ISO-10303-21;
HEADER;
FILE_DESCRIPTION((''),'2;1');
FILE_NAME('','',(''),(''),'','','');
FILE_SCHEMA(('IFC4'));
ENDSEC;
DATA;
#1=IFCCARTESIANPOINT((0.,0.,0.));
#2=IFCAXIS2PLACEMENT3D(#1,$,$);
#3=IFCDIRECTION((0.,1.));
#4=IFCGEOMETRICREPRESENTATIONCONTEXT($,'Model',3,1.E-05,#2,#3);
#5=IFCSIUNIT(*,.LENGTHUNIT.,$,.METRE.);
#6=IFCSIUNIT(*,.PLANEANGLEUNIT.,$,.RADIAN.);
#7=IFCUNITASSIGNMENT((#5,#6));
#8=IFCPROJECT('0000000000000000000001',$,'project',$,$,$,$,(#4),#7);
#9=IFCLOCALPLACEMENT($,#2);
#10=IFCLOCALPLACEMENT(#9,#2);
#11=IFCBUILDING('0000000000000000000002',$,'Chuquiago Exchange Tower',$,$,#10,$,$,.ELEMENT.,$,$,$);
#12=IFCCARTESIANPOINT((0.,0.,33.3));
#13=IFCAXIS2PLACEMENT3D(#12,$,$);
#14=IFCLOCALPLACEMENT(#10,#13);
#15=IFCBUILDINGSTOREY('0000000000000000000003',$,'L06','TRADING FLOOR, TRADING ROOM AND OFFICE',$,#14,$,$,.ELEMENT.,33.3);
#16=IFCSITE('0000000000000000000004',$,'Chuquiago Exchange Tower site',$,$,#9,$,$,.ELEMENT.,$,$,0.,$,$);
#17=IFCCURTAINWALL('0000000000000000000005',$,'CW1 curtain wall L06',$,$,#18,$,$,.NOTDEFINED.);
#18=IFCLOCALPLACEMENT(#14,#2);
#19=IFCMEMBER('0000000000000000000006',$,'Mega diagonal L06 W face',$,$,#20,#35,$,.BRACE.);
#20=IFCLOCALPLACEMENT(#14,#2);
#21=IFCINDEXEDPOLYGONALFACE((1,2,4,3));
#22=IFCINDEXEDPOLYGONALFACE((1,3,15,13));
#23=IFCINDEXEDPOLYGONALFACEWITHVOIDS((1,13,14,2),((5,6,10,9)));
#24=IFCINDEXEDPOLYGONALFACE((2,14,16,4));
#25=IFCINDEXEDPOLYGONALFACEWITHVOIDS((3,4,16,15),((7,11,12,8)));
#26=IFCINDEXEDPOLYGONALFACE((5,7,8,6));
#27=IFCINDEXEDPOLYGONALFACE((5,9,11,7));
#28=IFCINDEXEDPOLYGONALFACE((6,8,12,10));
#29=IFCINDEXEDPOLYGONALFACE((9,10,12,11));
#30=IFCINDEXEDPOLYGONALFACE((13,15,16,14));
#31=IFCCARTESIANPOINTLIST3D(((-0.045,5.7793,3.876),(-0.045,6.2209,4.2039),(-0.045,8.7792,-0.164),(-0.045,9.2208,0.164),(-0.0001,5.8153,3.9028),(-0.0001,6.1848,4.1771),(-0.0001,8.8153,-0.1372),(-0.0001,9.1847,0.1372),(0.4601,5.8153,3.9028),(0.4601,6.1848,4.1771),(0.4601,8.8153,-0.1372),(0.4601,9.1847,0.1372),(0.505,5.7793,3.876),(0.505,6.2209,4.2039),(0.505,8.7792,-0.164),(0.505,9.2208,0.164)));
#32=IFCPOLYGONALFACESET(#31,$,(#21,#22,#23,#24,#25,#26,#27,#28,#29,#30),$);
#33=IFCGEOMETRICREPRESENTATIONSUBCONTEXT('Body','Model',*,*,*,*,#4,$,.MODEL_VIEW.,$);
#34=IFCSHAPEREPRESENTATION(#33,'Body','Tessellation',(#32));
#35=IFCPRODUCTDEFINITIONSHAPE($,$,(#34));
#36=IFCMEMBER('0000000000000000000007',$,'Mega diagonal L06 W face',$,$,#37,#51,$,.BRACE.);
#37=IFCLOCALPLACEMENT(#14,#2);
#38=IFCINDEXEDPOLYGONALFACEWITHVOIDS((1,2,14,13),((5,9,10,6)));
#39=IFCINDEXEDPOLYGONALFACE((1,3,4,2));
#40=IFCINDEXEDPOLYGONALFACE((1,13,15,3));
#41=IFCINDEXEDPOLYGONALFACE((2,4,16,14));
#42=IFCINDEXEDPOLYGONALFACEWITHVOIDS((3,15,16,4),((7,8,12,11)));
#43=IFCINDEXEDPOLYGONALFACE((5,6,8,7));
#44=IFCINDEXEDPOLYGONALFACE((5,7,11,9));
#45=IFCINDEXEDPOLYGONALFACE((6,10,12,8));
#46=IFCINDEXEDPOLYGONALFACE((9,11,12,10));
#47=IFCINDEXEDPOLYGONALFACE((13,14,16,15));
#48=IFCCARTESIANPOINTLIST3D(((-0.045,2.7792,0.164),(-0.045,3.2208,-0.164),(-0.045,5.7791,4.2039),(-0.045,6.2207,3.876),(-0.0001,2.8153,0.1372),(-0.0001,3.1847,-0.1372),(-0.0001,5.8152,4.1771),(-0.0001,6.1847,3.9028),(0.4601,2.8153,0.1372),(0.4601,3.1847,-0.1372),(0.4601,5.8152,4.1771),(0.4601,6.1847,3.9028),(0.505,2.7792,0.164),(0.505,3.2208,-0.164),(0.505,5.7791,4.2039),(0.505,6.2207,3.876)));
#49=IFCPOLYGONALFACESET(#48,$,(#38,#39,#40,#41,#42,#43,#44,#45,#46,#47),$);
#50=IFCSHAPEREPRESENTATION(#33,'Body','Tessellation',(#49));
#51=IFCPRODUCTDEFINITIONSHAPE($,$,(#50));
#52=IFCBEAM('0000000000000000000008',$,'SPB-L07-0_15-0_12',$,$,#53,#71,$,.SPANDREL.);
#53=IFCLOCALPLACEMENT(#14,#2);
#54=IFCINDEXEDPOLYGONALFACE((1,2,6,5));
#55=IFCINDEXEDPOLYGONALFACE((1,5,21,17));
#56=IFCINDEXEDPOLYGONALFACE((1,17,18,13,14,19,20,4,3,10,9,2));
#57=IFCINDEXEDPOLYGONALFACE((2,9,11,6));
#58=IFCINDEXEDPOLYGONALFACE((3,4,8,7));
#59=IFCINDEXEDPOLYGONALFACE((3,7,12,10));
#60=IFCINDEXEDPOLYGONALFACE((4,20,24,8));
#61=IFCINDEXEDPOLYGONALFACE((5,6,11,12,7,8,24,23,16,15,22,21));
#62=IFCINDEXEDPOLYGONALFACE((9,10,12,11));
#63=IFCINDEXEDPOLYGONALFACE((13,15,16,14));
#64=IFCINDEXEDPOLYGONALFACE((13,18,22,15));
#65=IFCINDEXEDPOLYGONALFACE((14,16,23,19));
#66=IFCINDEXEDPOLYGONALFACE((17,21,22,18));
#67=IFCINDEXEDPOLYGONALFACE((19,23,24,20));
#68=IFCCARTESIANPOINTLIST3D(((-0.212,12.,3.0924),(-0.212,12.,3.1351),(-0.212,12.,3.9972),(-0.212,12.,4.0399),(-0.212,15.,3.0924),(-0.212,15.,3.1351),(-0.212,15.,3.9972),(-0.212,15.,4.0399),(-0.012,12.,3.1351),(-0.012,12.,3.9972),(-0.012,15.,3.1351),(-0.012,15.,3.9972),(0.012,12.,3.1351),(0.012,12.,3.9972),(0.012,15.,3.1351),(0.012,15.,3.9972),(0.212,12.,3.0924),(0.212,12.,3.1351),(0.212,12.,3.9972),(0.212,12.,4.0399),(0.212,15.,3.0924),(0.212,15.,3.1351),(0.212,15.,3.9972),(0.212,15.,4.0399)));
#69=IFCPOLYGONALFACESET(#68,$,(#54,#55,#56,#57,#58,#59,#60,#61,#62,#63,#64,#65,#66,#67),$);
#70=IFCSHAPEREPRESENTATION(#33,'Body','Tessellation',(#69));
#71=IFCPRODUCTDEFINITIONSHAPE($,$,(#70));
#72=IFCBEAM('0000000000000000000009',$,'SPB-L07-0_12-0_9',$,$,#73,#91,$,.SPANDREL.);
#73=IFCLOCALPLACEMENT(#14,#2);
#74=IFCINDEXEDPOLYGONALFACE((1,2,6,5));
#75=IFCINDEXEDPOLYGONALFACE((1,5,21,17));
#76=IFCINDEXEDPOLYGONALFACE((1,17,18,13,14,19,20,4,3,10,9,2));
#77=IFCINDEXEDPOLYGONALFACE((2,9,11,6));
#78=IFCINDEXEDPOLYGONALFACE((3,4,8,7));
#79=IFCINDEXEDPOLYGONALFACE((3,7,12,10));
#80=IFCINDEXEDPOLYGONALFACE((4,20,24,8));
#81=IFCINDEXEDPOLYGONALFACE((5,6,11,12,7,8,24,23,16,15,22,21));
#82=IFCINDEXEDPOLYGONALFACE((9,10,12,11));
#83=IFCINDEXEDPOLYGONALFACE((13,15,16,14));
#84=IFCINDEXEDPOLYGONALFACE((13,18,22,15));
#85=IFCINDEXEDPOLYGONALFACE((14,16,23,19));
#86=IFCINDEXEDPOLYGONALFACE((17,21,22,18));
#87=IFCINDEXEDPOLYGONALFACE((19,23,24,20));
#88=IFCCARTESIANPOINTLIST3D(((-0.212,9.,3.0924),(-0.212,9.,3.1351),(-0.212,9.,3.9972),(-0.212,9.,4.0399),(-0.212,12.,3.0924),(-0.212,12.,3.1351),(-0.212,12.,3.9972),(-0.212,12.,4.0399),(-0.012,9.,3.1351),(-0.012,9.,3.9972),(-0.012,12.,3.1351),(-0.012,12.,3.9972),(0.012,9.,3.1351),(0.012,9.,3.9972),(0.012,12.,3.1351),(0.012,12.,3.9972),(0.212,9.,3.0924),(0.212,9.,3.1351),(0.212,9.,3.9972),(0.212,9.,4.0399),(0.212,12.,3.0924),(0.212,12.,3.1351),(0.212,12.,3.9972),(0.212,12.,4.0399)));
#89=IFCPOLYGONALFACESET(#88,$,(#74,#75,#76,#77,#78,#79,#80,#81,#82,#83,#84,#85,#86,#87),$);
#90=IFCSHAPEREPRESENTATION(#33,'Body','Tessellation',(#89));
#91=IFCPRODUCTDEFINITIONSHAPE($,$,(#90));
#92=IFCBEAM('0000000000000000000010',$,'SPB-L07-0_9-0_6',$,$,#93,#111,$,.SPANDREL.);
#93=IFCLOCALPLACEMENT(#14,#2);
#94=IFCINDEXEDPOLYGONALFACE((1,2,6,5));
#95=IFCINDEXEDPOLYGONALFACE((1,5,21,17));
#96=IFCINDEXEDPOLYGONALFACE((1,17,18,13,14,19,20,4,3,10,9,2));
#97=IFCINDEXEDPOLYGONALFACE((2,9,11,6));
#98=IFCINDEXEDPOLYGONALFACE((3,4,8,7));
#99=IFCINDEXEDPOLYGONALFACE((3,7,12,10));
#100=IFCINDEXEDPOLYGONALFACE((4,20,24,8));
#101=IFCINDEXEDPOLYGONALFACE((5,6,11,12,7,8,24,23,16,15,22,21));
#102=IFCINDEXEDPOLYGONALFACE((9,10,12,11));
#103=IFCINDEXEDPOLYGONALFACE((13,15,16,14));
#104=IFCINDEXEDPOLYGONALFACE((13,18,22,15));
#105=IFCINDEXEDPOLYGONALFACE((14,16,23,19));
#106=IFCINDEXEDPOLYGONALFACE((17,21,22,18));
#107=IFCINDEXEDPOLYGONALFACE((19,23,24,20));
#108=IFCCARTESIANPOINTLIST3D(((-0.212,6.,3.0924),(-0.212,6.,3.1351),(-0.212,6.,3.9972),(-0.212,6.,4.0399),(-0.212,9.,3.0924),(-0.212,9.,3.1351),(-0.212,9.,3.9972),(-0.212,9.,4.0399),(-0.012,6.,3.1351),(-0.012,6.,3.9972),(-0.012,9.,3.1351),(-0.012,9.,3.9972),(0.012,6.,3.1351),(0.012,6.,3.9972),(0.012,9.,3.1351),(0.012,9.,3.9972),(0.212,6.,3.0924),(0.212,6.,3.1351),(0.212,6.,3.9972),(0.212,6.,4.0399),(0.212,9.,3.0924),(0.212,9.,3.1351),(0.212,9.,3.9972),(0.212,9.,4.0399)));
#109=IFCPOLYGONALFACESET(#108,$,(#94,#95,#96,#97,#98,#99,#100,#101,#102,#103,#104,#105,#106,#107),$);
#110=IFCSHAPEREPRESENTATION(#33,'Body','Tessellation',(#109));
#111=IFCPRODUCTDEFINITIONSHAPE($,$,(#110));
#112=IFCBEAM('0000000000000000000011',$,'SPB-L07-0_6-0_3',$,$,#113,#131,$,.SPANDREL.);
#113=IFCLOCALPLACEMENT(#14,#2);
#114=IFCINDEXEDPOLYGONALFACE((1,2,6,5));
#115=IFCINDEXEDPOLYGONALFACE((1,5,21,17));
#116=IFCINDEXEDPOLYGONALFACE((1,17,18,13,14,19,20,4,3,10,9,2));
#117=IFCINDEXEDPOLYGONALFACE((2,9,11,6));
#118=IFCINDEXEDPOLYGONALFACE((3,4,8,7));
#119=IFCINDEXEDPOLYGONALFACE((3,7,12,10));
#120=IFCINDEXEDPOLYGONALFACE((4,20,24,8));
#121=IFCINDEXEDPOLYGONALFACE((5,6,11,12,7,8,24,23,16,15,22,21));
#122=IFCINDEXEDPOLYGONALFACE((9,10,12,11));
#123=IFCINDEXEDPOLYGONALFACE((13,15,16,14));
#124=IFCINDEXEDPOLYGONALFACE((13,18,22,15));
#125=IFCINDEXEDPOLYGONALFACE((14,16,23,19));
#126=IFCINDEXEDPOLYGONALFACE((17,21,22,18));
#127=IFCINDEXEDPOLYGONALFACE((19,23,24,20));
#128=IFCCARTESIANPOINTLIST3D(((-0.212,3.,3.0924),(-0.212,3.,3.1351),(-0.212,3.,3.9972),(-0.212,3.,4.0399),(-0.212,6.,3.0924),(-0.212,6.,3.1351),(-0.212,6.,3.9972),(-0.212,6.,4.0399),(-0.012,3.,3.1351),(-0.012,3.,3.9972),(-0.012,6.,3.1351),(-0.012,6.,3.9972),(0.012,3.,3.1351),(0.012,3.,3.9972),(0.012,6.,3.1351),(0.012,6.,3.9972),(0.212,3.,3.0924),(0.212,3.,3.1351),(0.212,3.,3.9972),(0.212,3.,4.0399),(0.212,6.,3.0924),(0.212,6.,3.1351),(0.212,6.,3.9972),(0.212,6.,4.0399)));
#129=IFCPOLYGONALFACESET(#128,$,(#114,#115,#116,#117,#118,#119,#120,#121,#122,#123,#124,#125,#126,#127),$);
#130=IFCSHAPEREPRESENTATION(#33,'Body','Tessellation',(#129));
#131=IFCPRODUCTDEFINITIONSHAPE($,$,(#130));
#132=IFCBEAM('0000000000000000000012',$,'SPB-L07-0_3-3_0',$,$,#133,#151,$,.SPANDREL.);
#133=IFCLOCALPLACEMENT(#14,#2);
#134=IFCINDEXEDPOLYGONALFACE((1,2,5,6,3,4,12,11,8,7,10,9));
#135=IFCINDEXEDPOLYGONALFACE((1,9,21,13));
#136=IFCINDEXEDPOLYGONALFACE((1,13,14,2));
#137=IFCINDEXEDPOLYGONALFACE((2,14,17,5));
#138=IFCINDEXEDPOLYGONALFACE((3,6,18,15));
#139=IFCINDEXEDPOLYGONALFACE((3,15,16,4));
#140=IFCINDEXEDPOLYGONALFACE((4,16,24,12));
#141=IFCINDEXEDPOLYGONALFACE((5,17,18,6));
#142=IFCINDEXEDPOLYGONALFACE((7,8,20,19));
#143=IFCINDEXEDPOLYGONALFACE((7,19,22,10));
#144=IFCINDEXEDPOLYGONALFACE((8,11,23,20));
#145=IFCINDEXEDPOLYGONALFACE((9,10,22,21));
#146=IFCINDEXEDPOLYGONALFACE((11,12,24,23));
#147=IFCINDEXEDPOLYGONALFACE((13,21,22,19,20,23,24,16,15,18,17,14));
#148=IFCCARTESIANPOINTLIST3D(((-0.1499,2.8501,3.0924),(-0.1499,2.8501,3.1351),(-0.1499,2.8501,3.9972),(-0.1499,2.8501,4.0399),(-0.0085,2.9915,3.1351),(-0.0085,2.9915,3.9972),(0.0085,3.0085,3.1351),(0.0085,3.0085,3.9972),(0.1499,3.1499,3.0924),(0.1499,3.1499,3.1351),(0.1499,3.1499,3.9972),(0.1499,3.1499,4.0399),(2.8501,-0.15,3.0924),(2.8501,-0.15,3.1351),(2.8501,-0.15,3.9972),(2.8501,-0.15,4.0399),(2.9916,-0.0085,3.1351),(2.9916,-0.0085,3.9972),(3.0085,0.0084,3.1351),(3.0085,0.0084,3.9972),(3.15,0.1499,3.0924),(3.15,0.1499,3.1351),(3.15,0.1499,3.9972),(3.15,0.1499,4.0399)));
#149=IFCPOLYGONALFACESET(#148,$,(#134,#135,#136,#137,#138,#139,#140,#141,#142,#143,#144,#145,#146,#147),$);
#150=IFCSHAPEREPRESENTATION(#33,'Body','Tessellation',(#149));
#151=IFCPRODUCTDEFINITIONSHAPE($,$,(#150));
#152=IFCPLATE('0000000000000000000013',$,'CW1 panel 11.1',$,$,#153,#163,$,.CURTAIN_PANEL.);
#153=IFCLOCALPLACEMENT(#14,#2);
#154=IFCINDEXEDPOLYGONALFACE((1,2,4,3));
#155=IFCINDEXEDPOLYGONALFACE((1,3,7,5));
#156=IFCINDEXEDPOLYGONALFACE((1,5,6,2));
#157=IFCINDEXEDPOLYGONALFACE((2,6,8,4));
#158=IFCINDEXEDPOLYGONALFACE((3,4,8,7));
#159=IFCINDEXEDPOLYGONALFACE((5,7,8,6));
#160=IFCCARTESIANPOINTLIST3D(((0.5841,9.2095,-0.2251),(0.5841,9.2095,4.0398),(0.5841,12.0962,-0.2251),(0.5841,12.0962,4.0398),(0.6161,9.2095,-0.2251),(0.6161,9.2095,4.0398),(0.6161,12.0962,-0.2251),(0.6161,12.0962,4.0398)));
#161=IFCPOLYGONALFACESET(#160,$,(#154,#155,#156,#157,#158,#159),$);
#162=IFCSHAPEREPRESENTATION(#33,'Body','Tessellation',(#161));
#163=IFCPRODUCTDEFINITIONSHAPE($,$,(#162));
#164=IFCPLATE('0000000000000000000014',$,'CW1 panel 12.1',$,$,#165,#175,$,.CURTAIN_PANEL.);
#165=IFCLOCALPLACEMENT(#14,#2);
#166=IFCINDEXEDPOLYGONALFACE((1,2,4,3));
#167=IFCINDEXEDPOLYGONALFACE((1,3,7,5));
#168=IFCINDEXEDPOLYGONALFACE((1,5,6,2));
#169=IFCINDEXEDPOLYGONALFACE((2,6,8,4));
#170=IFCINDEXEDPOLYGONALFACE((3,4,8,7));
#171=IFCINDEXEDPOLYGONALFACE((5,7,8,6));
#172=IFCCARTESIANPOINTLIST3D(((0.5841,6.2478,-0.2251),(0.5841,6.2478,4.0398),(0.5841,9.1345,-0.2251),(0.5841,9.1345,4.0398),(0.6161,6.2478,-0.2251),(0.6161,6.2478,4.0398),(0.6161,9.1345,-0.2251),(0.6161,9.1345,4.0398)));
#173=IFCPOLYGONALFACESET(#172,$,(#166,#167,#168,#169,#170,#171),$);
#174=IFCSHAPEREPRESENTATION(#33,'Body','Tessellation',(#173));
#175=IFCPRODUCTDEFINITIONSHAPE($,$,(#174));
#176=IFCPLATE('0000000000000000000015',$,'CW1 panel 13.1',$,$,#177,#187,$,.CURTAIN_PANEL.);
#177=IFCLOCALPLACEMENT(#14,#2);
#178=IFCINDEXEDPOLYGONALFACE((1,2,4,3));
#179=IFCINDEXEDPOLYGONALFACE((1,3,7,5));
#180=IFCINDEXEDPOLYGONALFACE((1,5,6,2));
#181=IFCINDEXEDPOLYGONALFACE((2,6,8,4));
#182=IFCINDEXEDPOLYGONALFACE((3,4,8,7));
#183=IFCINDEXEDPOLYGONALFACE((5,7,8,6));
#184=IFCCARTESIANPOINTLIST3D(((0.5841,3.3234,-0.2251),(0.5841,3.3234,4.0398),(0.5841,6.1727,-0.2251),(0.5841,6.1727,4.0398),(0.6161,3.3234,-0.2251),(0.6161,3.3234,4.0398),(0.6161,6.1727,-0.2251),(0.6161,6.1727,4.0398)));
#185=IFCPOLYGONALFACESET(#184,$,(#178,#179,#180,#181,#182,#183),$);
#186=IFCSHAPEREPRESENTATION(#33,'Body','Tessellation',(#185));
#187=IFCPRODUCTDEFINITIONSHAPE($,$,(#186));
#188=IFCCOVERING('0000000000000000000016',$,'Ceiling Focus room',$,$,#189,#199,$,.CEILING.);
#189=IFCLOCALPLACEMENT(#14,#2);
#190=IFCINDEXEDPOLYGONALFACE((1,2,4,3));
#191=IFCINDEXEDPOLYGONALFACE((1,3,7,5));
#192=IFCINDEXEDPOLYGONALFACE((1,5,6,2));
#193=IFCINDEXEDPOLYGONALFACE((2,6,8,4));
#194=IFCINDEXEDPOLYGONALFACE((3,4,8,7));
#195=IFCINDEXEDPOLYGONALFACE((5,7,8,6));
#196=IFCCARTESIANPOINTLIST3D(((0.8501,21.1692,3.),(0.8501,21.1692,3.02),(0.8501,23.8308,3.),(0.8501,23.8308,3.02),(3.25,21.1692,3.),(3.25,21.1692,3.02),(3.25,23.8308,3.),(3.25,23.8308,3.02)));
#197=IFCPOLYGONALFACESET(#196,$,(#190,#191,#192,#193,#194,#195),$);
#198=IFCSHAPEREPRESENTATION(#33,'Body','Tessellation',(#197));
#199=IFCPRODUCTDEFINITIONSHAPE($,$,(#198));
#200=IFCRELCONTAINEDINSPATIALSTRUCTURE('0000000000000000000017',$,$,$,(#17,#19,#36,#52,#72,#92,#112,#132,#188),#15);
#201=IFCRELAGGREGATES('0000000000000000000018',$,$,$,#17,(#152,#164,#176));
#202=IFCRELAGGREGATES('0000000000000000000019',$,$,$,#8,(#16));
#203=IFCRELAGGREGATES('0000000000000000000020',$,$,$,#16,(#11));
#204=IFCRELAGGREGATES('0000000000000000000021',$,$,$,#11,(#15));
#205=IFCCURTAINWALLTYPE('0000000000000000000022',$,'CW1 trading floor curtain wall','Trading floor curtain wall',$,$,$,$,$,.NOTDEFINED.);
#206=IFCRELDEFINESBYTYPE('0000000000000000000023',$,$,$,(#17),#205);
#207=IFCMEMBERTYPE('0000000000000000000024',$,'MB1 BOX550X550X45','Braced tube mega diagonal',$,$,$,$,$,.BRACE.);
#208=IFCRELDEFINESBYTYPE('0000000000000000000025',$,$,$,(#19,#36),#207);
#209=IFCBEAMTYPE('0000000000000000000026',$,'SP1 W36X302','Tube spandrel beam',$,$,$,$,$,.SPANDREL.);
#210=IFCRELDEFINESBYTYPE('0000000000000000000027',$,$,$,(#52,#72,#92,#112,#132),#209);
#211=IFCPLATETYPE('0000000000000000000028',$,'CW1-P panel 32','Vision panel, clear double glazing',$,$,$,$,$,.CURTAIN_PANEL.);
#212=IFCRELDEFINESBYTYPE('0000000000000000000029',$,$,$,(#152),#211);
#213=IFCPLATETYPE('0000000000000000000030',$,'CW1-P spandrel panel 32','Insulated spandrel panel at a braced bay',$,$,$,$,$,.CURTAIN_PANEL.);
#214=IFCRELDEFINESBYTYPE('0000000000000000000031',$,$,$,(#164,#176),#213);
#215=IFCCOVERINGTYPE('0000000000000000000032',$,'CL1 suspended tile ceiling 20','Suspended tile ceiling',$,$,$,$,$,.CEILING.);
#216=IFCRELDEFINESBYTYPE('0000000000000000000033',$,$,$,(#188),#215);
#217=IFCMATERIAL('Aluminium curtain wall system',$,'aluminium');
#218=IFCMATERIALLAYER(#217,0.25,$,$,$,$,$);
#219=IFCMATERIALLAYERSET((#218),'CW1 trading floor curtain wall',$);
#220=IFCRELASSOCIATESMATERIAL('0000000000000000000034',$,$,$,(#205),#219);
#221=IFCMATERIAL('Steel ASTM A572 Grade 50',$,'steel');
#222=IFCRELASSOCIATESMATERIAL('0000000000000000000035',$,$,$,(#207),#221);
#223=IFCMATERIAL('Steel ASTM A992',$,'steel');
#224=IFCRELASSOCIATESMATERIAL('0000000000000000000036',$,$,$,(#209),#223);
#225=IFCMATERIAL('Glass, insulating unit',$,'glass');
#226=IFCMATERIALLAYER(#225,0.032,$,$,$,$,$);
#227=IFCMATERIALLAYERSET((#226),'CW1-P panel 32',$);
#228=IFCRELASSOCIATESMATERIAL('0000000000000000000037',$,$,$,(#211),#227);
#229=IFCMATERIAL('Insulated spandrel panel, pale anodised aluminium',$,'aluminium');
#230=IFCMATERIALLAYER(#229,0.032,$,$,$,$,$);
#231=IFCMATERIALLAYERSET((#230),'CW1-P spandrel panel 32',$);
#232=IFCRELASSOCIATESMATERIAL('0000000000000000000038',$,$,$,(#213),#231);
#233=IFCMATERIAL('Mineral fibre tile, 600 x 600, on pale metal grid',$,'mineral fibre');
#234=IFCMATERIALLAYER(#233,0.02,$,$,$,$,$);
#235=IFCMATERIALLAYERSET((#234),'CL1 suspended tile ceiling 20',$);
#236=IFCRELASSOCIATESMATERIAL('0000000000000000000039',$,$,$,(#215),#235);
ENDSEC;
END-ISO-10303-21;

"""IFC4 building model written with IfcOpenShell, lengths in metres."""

from ifc_helpers import new_model, si_unit, direction, frame, origin, origin_2d, place, context, subcontext, project, spatial, polyline, rectangle, hollow_rectangle, i_section, outline, extrude, material, layer, layer_set, material_profile, profile_set, type_object, element, aggregate, save


model = new_model("IFC4")

# Units and contexts
model_context = context("Model", 3, precision=1e-05, world=origin(), true_north=direction((0.0, 1.0)))
body_context = subcontext(model_context, "Body", "Model", "MODEL_VIEW")
ifc_project = project(units=[si_unit("LENGTHUNIT", "METRE"), si_unit("PLANEANGLEUNIT", "RADIAN")], contexts=[model_context])

# Site, building, storey
site_placement = place(None, origin())
site = spatial("IfcSite", under=ifc_project, at=site_placement, Name="Chuquiago Exchange Tower site", CompositionType="ELEMENT", RefElevation=0.0)
building_placement = place(site_placement, origin())
building = spatial("IfcBuilding", under=site, at=building_placement, Name="Chuquiago Exchange Tower", CompositionType="ELEMENT")
storey_placement = place(building_placement, frame((0.0, 0.0, 33.3)))
storey = spatial("IfcBuildingStorey", under=building, at=storey_placement, Name="L06", Description="TRADING FLOOR, TRADING ROOM AND OFFICE", CompositionType="ELEMENT", Elevation=33.3)

# Curtain wall
ifc_material_1 = material(Name="Aluminium curtain wall system", Category="aluminium")
ifc_layer_1 = layer(ifc_material_1, 0.25)
ifc_layer_set_1 = layer_set([ifc_layer_1], Name="CW1 trading floor curtain wall")
curtain_wall_type = type_object("IfcCurtainWallType", Name="CW1 trading floor curtain wall", Description="Trading floor curtain wall", PredefinedType="NOTDEFINED", material=ifc_layer_set_1)
curtain_wall_placement = place(storey_placement, origin())
curtain_wall = element("IfcCurtainWall", 1, at=curtain_wall_placement, inside=storey, type_object=curtain_wall_type, Name="CW1 curtain wall L06", PredefinedType="NOTDEFINED")

# Members
ifc_material_2 = material(Name="Steel ASTM A572 Grade 50", Category="steel")
ifc_material_profile_1 = material_profile(ifc_material_2, hollow_rectangle(XDim=0.55, YDim=0.55, WallThickness=0.0449, at=origin_2d()), Name="BOX550X550X45")
ifc_profile_set_1 = profile_set([ifc_material_profile_1], Name="Steel ASTM A572 Grade 50")
member_type_1 = type_object("IfcMemberType", Name="MB1 BOX550X550X45", Description="Braced tube mega diagonal", PredefinedType="BRACE", material=ifc_profile_set_1)
for number, where, z_axis, x_axis, name in (
    (2, (0.23, 9.0, 0.0), (0.0, -0.596174, 0.802855), (1.0, 0.0, 0.0), "Mega diagonal L06 W face"),
    (3, (0.23, 3.0, 0.0), (0.0, 0.596174, 0.802855), (-1.0, 0.0, 0.0), "Mega diagonal L06 W face"),
):
    element("IfcMember", number, at=place(storey_placement, frame(where, z_axis=z_axis, x_axis=x_axis)), inside=storey, type_object=member_type_1, Name=name, PredefinedType="BRACE", context=body_context, shape_type="SweptSolid", body=[
        extrude(hollow_rectangle(XDim=0.55, YDim=0.55, WallThickness=0.0449, at=origin_2d()), origin(), (0.0, 0.0, 1.0), 5.032),
    ])

# Beams
ifc_material_3 = material(Name="Steel ASTM A992", Category="steel")
ifc_material_profile_2 = material_profile(ifc_material_3, i_section(OverallWidth=0.4241, OverallDepth=0.9475, WebThickness=0.0239, FlangeThickness=0.0427, at=origin_2d()), Name="W36X302")
ifc_profile_set_2 = profile_set([ifc_material_profile_2], Name="Steel ASTM A992")
beam_type = type_object("IfcBeamType", Name="SP1 W36X302", Description="Tube spandrel beam", PredefinedType="SPANDREL", material=ifc_profile_set_2)
for number, where, z_axis, x_axis, name in (
    (4, (0.0, 15.0, 3.5662), (0.0, -1.0, 0.0), (1.0, 0.0, 0.0), "SPB-L07-0_15-0_12"),
    (5, (0.0, 12.0, 3.5662), (0.0, -1.0, 0.0), (1.0, 0.0, 0.0), "SPB-L07-0_12-0_9"),
    (6, (0.0, 9.0, 3.5662), (0.0, -1.0, 0.0), (1.0, 0.0, 0.0), "SPB-L07-0_9-0_6"),
    (7, (0.0, 6.0, 3.5662), (0.0, -1.0, 0.0), (1.0, 0.0, 0.0), "SPB-L07-0_6-0_3"),
):
    element("IfcBeam", number, at=place(storey_placement, frame(where, z_axis=z_axis, x_axis=x_axis)), inside=storey, type_object=beam_type, Name=name, PredefinedType="SPANDREL", context=body_context, shape_type="SweptSolid", body=[
        extrude(i_section(OverallWidth=0.4241, OverallDepth=0.9475, WebThickness=0.0239, FlangeThickness=0.0427, at=origin_2d()), origin(), (0.0, 0.0, 1.0), 3.0),
    ])
beam_placement = place(storey_placement, frame((0.0, 3.0, 3.5662), z_axis=(0.707107, -0.707107, 0.0), x_axis=(0.707107, 0.707107, 0.0)))
element("IfcBeam", 8, at=beam_placement, inside=storey, type_object=beam_type, Name="SPB-L07-0_3-3_0", PredefinedType="SPANDREL", context=body_context, shape_type="SweptSolid", body=[
    extrude(i_section(OverallWidth=0.4241, OverallDepth=0.9475, WebThickness=0.0239, FlangeThickness=0.0427, at=origin_2d()), origin(), (0.0, 0.0, 1.0), 4.2427),
])

# Plates
ifc_material_4 = material(Name="Glass, insulating unit", Category="glass")
ifc_layer_2 = layer(ifc_material_4, 0.032)
ifc_layer_set_2 = layer_set([ifc_layer_2], Name="CW1-P panel 32")
plate_type_1 = type_object("IfcPlateType", Name="CW1-P panel 32", Description="Vision panel, clear double glazing", PredefinedType="CURTAIN_PANEL", material=ifc_layer_set_2)
plate_1_placement = place(storey_placement, frame((0.6001, 10.6528, -0.2251), z_axis=(0.0, 0.0, 1.0), x_axis=(0.0, -1.0, 0.0)))
plate_1 = element("IfcPlate", 9, at=plate_1_placement, type_object=plate_type_1, Name="CW1 panel 11.1", PredefinedType="CURTAIN_PANEL", context=body_context, shape_type="SweptSolid", body=[
    extrude(rectangle(XDim=2.8867, YDim=0.032, at=origin_2d()), origin(), (0.0, 0.0, 1.0), 4.2649),
])
ifc_material_5 = material(Name="Insulated spandrel panel, pale anodised aluminium", Category="aluminium")
ifc_layer_3 = layer(ifc_material_5, 0.032)
ifc_layer_set_3 = layer_set([ifc_layer_3], Name="CW1-P spandrel panel 32")
plate_type_2 = type_object("IfcPlateType", Name="CW1-P spandrel panel 32", Description="Insulated spandrel panel at a braced bay", PredefinedType="CURTAIN_PANEL", material=ifc_layer_set_3)
plate_2_placement = place(storey_placement, frame((0.6001, 7.6912, -0.2251), z_axis=(0.0, 0.0, 1.0), x_axis=(0.0, -1.0, 0.0)))
plate_2 = element("IfcPlate", 10, at=plate_2_placement, type_object=plate_type_2, Name="CW1 panel 12.1", PredefinedType="CURTAIN_PANEL", context=body_context, shape_type="SweptSolid", body=[
    extrude(rectangle(XDim=2.8867, YDim=0.032, at=origin_2d()), origin(), (0.0, 0.0, 1.0), 4.2649),
])
plate_3_placement = place(storey_placement, frame((0.6001, 4.748, -0.2251), z_axis=(0.0, 0.0, 1.0), x_axis=(0.0, -1.0, 0.0)))
plate_3 = element("IfcPlate", 11, at=plate_3_placement, type_object=plate_type_2, Name="CW1 panel 13.1", PredefinedType="CURTAIN_PANEL", context=body_context, shape_type="SweptSolid", body=[
    extrude(rectangle(XDim=2.8494, YDim=0.032, at=origin_2d()), origin(), (0.0, 0.0, 1.0), 4.2649),
])
aggregate(curtain_wall, [plate_1, plate_2, plate_3])

# Covering
ifc_material_6 = material(Name="Mineral fibre tile, 600 x 600, on pale metal grid", Category="mineral fibre")
ifc_layer_4 = layer(ifc_material_6, 0.02)
ifc_layer_set_4 = layer_set([ifc_layer_4], Name="CL1 suspended tile ceiling 20")
covering_type_1 = type_object("IfcCoveringType", Name="CL1 suspended tile ceiling 20", Description="Suspended tile ceiling", PredefinedType="CEILING", material=ifc_layer_set_4)
covering_1_placement = place(storey_placement, frame((0.0, 0.0, 3.0)))
element("IfcCovering", 12, at=covering_1_placement, inside=storey, type_object=covering_type_1, Name="Ceiling Focus room", PredefinedType="CEILING", context=body_context, shape_type="SweptSolid", body=[
    extrude(outline(polyline([(3.25, 23.8308), (3.25, 21.1692), (0.8501, 21.1692), (0.8501, 23.8308), (3.25, 23.8308)])), origin(), (0.0, 0.0, 1.0), 0.02),
])

save(model, "model.ifc")
